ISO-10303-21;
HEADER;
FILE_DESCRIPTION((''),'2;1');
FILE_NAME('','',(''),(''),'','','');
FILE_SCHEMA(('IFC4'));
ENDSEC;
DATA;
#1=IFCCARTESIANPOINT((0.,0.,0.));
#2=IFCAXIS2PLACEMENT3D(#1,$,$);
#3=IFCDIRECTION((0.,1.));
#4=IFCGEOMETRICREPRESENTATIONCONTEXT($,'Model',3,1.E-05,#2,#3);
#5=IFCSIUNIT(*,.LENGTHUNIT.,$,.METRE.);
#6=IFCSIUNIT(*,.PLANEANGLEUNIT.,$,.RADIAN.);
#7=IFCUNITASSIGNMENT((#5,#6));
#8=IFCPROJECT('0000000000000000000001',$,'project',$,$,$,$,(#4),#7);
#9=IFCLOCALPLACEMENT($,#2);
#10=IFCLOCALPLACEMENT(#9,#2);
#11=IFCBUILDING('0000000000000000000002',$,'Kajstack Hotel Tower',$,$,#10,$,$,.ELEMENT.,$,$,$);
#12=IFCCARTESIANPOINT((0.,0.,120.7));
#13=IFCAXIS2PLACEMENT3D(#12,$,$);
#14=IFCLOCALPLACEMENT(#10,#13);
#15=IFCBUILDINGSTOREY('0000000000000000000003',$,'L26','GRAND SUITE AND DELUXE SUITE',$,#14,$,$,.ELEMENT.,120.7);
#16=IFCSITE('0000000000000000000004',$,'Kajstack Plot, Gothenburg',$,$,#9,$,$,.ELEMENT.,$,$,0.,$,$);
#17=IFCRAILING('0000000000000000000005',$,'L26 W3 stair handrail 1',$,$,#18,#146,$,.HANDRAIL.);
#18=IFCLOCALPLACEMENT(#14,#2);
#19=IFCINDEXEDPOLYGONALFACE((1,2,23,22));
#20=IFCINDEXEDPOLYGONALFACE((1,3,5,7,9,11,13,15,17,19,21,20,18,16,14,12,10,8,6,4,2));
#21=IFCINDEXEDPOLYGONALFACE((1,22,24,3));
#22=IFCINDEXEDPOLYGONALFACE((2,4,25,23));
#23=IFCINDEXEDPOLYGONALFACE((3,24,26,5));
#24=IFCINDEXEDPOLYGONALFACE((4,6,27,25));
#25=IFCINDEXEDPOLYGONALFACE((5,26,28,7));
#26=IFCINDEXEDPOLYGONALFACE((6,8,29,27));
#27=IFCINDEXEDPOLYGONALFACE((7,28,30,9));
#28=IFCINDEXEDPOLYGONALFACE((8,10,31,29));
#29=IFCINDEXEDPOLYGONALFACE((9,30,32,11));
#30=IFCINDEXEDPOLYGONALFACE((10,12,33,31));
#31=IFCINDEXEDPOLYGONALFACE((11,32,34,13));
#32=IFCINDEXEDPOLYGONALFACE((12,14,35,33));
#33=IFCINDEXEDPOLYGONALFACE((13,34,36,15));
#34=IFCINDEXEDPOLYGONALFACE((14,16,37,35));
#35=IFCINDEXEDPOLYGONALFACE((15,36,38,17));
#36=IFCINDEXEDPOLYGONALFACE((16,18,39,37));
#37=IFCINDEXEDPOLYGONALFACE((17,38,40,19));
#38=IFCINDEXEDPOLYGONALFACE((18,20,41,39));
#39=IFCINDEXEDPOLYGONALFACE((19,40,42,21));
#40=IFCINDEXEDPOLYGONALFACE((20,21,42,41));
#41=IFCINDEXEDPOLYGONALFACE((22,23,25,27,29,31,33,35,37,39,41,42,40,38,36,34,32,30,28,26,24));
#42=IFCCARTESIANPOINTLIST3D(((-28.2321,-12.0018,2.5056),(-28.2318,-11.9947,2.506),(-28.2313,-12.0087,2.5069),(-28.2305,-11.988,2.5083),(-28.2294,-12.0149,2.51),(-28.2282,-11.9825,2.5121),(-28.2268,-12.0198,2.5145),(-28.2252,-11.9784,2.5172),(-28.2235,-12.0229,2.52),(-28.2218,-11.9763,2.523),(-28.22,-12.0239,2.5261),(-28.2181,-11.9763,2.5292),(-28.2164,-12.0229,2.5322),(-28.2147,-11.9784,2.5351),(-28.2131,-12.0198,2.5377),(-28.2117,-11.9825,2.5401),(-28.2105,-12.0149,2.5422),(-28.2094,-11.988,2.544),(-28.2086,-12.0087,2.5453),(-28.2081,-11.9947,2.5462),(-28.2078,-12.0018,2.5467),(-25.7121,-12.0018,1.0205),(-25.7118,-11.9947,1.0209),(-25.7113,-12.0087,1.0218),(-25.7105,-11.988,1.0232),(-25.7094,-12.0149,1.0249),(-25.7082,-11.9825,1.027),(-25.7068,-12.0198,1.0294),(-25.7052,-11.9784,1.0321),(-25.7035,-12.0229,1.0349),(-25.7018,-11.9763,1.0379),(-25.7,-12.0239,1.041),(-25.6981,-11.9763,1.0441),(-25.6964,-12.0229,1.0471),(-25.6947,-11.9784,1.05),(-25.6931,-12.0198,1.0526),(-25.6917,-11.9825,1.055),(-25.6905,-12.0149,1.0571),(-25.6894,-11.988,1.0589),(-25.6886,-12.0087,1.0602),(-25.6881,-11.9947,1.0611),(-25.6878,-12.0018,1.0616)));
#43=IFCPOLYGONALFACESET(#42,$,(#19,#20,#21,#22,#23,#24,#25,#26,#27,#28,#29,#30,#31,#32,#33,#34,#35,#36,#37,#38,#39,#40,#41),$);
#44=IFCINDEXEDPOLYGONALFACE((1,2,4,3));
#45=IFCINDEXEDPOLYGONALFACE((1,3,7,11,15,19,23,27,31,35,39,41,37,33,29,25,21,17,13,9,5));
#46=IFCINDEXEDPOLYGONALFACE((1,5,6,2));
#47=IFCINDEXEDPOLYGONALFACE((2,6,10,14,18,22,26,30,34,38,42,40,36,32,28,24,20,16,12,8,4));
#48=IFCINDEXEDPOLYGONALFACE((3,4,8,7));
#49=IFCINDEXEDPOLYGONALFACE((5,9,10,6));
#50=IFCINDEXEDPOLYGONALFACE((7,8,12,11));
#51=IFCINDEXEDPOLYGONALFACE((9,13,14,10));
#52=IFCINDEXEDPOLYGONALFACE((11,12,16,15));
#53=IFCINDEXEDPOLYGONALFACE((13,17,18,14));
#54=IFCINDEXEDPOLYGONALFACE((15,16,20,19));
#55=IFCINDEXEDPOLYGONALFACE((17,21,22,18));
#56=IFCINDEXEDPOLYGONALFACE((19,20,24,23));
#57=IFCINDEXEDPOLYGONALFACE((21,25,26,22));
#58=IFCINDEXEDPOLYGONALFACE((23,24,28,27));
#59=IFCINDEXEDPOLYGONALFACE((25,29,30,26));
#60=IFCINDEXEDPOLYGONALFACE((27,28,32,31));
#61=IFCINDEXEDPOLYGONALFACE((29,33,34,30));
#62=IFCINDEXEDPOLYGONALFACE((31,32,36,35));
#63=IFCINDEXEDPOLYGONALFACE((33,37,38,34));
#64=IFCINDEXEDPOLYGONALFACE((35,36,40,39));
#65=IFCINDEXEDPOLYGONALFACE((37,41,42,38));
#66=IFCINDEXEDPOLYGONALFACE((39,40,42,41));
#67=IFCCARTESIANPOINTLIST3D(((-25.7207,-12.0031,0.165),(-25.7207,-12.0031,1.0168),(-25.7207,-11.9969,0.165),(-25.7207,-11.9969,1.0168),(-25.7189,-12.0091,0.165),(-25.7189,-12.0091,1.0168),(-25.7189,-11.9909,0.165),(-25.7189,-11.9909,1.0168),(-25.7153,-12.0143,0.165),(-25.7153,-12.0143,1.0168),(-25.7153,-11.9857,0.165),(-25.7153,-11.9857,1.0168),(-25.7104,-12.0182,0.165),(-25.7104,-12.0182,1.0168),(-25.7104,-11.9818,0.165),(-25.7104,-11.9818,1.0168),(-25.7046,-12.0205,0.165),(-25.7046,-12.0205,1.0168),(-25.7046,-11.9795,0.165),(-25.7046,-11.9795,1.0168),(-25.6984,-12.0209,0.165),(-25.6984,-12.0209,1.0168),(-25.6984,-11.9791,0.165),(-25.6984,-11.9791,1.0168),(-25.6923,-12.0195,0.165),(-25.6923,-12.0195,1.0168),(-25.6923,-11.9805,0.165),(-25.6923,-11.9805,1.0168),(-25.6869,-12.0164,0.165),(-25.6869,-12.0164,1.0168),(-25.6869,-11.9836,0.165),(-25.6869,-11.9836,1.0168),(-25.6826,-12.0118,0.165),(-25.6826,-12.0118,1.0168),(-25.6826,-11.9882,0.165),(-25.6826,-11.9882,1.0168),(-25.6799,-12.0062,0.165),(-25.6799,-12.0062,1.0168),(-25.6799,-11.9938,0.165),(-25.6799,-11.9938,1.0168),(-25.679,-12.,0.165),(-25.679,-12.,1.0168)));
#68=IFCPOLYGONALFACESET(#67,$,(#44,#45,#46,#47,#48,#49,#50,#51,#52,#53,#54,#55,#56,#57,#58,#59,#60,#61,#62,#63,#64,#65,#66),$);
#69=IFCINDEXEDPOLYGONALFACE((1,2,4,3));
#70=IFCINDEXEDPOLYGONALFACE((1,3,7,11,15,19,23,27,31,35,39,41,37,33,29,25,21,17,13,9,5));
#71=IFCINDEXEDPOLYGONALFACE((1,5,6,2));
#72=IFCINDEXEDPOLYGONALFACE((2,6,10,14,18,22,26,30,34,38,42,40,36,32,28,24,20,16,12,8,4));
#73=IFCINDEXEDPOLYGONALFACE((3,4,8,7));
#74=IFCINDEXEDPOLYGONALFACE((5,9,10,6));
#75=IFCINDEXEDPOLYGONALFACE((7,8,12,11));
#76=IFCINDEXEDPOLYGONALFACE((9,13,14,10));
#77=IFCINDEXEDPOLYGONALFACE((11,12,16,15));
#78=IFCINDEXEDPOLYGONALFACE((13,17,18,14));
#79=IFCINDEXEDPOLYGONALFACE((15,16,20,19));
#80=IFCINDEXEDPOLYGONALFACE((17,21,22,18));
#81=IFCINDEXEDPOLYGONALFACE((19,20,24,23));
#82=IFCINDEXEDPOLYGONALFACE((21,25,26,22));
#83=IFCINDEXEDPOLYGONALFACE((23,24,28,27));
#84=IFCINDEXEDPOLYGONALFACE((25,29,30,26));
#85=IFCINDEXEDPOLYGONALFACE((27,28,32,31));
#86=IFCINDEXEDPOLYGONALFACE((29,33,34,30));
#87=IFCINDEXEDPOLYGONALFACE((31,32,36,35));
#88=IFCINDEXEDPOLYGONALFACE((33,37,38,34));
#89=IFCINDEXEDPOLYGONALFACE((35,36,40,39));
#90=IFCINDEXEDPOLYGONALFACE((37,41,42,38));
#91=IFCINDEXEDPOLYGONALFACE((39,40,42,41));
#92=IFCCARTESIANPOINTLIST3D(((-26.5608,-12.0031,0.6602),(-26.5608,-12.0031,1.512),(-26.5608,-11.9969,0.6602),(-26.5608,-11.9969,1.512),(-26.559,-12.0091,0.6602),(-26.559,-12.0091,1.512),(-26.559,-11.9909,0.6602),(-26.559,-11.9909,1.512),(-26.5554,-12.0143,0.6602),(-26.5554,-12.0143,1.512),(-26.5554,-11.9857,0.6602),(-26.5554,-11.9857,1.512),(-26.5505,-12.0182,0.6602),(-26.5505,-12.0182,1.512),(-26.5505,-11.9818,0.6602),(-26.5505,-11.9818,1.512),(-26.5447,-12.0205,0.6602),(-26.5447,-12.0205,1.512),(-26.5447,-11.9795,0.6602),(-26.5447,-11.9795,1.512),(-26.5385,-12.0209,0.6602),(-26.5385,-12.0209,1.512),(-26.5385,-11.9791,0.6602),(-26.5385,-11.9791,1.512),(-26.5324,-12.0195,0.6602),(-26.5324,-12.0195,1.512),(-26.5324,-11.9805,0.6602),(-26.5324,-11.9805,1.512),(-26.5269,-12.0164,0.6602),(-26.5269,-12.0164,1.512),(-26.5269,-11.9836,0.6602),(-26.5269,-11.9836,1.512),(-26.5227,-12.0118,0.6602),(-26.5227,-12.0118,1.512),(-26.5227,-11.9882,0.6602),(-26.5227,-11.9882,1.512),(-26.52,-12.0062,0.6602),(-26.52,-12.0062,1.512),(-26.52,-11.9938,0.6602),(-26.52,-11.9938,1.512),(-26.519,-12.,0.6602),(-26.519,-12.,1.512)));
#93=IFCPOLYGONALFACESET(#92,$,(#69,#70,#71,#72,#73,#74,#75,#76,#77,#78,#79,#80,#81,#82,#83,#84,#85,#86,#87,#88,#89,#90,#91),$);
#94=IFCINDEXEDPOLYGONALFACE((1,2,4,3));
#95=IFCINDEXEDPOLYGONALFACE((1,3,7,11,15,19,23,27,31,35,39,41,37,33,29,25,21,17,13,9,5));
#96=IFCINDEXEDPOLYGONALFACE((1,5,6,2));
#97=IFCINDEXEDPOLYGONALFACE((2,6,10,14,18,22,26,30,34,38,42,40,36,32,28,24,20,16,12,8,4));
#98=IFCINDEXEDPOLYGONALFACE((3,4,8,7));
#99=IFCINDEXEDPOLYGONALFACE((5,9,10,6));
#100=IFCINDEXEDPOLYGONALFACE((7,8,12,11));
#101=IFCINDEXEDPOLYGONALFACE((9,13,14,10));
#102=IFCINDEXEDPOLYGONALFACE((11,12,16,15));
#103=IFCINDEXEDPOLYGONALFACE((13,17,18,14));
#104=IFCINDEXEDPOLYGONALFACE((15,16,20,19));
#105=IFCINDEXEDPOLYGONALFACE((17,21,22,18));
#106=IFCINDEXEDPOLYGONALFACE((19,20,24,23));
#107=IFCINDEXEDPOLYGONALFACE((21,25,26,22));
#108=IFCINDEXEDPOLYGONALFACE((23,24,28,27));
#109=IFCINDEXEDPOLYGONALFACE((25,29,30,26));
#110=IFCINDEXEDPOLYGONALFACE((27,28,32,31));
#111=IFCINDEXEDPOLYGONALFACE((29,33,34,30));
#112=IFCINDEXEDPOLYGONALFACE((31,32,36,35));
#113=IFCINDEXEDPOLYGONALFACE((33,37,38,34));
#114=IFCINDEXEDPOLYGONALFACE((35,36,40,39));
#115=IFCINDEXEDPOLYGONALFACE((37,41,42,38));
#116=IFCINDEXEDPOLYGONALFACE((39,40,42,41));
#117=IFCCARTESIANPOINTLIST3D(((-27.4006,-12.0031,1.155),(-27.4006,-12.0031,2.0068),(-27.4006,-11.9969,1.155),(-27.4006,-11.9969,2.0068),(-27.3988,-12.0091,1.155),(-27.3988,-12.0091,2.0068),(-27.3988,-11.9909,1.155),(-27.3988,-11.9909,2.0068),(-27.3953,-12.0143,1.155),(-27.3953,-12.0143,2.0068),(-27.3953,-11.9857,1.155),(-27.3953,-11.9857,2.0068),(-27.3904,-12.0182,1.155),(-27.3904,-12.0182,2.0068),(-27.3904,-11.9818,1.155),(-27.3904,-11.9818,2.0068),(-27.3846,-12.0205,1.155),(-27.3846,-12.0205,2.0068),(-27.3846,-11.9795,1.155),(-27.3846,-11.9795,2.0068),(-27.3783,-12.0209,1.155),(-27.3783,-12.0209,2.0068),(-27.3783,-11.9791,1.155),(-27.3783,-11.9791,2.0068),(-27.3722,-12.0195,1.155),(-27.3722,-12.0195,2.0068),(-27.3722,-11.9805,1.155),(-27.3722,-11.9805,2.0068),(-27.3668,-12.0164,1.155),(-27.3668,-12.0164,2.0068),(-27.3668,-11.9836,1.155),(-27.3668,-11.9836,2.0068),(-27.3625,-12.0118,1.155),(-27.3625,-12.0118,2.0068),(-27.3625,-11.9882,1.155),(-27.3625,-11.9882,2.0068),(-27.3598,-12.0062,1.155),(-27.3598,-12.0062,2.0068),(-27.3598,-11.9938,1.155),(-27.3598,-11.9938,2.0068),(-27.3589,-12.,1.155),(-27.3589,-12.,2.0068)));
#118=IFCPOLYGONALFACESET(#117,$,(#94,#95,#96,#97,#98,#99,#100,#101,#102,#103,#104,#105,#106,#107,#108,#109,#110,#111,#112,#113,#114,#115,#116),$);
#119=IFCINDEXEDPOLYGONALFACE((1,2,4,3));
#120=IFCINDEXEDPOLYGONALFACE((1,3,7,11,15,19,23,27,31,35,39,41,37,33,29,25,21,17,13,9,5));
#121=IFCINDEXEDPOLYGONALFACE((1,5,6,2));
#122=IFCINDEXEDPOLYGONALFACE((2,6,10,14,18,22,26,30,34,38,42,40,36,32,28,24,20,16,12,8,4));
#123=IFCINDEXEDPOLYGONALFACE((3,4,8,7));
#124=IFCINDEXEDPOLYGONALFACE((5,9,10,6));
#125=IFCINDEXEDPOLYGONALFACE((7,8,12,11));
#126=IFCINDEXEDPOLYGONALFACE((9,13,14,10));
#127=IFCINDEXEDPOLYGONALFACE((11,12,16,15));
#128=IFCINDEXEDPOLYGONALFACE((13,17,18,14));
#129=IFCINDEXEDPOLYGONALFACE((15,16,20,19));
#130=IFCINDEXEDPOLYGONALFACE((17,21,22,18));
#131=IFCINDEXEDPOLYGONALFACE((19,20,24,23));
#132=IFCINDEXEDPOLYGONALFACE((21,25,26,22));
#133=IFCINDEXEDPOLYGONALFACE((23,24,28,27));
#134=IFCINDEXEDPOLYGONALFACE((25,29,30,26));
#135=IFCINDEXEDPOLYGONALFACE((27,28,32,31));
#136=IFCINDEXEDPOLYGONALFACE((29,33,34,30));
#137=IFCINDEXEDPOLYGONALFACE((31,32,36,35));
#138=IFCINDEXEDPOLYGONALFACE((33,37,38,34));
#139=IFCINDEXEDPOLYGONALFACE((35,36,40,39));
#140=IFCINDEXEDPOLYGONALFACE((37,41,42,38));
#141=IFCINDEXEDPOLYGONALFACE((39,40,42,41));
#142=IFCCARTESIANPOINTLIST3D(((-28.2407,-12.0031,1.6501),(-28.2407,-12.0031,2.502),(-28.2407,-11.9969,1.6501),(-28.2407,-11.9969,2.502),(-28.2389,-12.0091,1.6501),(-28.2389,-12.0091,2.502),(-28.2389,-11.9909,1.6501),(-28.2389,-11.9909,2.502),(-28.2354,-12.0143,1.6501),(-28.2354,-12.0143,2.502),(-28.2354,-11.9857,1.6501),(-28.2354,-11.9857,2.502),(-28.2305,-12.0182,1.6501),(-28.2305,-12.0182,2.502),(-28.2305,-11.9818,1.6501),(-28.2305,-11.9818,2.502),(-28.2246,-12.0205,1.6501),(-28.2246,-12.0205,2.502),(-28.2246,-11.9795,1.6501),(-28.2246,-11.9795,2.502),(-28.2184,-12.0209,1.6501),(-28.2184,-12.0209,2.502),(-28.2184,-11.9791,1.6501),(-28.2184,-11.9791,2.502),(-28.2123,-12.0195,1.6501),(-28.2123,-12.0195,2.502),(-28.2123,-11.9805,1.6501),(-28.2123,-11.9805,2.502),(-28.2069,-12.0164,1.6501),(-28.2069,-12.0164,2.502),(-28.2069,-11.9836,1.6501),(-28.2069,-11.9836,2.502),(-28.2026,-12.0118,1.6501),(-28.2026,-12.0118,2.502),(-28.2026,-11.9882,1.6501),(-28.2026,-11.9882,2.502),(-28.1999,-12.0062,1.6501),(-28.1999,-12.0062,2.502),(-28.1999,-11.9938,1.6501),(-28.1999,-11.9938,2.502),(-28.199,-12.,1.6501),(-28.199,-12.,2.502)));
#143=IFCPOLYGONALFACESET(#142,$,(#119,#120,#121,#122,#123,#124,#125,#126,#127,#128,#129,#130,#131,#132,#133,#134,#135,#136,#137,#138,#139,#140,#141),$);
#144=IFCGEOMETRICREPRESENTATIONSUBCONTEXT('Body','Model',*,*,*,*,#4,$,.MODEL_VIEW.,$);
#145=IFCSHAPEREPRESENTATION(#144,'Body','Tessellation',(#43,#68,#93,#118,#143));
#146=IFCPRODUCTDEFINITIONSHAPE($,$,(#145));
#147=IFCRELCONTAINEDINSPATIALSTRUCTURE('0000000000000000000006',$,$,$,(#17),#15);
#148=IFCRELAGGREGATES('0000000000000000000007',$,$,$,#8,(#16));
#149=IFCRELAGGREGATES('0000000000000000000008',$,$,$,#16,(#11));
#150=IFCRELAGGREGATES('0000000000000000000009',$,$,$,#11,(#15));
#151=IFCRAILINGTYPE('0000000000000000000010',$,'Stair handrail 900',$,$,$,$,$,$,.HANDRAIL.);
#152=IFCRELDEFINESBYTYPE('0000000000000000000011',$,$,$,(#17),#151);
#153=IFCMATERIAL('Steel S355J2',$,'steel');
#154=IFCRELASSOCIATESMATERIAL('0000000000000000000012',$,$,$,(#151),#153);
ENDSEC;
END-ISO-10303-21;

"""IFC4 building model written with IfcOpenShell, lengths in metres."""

from ifc_helpers import new_model, si_unit, direction, frame, origin, origin_2d, place, context, subcontext, project, spatial, circle, extrude, material, type_object, element, save


model = new_model("IFC4")

# Units and contexts
model_context = context("Model", 3, precision=1e-05, world=origin(), true_north=direction((0.0, 1.0)))
body_context = subcontext(model_context, "Body", "Model", "MODEL_VIEW")
ifc_project = project(units=[si_unit("LENGTHUNIT", "METRE"), si_unit("PLANEANGLEUNIT", "RADIAN")], contexts=[model_context])

# Site, building, storey
site_placement = place(None, origin())
site = spatial("IfcSite", under=ifc_project, at=site_placement, Name="Kajstack Plot, Gothenburg", CompositionType="ELEMENT", RefElevation=0.0)
building_placement = place(site_placement, origin())
building = spatial("IfcBuilding", under=site, at=building_placement, Name="Kajstack Hotel Tower", CompositionType="ELEMENT")
storey_placement = place(building_placement, frame((0.0, 0.0, 120.7)))
storey = spatial("IfcBuildingStorey", under=building, at=storey_placement, Name="L26", Description="GRAND SUITE AND DELUXE SUITE", CompositionType="ELEMENT", Elevation=120.7)

# Railing
ifc_material_1 = material(Name="Steel S355J2", Category="steel")
railing_type_1 = type_object("IfcRailingType", Name="Stair handrail 900", PredefinedType="HANDRAIL", material=ifc_material_1)
railing_1_placement = place(storey_placement, frame((-25.7, -12.0, 0.165)))
element("IfcRailing", 1, at=railing_1_placement, inside=storey, type_object=railing_type_1, Name="L26 W3 stair handrail 1", PredefinedType="HANDRAIL", context=body_context, shape_type="SweptSolid", body=[
    extrude(circle(Radius=0.0239, at=origin_2d()), frame((0.0, 0.0, 0.876), z_axis=(-0.861524, 0.0, 0.507717), x_axis=(0.0, -1.0, 0.0)), (0.0, 0.0, 1.0), 2.925),
    extrude(circle(Radius=0.021, at=origin_2d()), origin(), (0.0, 0.0, 1.0), 0.8518),
    extrude(circle(Radius=0.021, at=origin_2d()), frame((-0.8401, 0.0, 0.4951)), (0.0, 0.0, 1.0), 0.8518),
    extrude(circle(Radius=0.021, at=origin_2d()), frame((-1.6799, 0.0, 0.99)), (0.0, 0.0, 1.0), 0.8518),
    extrude(circle(Radius=0.021, at=origin_2d()), frame((-2.52, 0.0, 1.4851)), (0.0, 0.0, 1.0), 0.8518),
])

save(model, "model.ifc")
